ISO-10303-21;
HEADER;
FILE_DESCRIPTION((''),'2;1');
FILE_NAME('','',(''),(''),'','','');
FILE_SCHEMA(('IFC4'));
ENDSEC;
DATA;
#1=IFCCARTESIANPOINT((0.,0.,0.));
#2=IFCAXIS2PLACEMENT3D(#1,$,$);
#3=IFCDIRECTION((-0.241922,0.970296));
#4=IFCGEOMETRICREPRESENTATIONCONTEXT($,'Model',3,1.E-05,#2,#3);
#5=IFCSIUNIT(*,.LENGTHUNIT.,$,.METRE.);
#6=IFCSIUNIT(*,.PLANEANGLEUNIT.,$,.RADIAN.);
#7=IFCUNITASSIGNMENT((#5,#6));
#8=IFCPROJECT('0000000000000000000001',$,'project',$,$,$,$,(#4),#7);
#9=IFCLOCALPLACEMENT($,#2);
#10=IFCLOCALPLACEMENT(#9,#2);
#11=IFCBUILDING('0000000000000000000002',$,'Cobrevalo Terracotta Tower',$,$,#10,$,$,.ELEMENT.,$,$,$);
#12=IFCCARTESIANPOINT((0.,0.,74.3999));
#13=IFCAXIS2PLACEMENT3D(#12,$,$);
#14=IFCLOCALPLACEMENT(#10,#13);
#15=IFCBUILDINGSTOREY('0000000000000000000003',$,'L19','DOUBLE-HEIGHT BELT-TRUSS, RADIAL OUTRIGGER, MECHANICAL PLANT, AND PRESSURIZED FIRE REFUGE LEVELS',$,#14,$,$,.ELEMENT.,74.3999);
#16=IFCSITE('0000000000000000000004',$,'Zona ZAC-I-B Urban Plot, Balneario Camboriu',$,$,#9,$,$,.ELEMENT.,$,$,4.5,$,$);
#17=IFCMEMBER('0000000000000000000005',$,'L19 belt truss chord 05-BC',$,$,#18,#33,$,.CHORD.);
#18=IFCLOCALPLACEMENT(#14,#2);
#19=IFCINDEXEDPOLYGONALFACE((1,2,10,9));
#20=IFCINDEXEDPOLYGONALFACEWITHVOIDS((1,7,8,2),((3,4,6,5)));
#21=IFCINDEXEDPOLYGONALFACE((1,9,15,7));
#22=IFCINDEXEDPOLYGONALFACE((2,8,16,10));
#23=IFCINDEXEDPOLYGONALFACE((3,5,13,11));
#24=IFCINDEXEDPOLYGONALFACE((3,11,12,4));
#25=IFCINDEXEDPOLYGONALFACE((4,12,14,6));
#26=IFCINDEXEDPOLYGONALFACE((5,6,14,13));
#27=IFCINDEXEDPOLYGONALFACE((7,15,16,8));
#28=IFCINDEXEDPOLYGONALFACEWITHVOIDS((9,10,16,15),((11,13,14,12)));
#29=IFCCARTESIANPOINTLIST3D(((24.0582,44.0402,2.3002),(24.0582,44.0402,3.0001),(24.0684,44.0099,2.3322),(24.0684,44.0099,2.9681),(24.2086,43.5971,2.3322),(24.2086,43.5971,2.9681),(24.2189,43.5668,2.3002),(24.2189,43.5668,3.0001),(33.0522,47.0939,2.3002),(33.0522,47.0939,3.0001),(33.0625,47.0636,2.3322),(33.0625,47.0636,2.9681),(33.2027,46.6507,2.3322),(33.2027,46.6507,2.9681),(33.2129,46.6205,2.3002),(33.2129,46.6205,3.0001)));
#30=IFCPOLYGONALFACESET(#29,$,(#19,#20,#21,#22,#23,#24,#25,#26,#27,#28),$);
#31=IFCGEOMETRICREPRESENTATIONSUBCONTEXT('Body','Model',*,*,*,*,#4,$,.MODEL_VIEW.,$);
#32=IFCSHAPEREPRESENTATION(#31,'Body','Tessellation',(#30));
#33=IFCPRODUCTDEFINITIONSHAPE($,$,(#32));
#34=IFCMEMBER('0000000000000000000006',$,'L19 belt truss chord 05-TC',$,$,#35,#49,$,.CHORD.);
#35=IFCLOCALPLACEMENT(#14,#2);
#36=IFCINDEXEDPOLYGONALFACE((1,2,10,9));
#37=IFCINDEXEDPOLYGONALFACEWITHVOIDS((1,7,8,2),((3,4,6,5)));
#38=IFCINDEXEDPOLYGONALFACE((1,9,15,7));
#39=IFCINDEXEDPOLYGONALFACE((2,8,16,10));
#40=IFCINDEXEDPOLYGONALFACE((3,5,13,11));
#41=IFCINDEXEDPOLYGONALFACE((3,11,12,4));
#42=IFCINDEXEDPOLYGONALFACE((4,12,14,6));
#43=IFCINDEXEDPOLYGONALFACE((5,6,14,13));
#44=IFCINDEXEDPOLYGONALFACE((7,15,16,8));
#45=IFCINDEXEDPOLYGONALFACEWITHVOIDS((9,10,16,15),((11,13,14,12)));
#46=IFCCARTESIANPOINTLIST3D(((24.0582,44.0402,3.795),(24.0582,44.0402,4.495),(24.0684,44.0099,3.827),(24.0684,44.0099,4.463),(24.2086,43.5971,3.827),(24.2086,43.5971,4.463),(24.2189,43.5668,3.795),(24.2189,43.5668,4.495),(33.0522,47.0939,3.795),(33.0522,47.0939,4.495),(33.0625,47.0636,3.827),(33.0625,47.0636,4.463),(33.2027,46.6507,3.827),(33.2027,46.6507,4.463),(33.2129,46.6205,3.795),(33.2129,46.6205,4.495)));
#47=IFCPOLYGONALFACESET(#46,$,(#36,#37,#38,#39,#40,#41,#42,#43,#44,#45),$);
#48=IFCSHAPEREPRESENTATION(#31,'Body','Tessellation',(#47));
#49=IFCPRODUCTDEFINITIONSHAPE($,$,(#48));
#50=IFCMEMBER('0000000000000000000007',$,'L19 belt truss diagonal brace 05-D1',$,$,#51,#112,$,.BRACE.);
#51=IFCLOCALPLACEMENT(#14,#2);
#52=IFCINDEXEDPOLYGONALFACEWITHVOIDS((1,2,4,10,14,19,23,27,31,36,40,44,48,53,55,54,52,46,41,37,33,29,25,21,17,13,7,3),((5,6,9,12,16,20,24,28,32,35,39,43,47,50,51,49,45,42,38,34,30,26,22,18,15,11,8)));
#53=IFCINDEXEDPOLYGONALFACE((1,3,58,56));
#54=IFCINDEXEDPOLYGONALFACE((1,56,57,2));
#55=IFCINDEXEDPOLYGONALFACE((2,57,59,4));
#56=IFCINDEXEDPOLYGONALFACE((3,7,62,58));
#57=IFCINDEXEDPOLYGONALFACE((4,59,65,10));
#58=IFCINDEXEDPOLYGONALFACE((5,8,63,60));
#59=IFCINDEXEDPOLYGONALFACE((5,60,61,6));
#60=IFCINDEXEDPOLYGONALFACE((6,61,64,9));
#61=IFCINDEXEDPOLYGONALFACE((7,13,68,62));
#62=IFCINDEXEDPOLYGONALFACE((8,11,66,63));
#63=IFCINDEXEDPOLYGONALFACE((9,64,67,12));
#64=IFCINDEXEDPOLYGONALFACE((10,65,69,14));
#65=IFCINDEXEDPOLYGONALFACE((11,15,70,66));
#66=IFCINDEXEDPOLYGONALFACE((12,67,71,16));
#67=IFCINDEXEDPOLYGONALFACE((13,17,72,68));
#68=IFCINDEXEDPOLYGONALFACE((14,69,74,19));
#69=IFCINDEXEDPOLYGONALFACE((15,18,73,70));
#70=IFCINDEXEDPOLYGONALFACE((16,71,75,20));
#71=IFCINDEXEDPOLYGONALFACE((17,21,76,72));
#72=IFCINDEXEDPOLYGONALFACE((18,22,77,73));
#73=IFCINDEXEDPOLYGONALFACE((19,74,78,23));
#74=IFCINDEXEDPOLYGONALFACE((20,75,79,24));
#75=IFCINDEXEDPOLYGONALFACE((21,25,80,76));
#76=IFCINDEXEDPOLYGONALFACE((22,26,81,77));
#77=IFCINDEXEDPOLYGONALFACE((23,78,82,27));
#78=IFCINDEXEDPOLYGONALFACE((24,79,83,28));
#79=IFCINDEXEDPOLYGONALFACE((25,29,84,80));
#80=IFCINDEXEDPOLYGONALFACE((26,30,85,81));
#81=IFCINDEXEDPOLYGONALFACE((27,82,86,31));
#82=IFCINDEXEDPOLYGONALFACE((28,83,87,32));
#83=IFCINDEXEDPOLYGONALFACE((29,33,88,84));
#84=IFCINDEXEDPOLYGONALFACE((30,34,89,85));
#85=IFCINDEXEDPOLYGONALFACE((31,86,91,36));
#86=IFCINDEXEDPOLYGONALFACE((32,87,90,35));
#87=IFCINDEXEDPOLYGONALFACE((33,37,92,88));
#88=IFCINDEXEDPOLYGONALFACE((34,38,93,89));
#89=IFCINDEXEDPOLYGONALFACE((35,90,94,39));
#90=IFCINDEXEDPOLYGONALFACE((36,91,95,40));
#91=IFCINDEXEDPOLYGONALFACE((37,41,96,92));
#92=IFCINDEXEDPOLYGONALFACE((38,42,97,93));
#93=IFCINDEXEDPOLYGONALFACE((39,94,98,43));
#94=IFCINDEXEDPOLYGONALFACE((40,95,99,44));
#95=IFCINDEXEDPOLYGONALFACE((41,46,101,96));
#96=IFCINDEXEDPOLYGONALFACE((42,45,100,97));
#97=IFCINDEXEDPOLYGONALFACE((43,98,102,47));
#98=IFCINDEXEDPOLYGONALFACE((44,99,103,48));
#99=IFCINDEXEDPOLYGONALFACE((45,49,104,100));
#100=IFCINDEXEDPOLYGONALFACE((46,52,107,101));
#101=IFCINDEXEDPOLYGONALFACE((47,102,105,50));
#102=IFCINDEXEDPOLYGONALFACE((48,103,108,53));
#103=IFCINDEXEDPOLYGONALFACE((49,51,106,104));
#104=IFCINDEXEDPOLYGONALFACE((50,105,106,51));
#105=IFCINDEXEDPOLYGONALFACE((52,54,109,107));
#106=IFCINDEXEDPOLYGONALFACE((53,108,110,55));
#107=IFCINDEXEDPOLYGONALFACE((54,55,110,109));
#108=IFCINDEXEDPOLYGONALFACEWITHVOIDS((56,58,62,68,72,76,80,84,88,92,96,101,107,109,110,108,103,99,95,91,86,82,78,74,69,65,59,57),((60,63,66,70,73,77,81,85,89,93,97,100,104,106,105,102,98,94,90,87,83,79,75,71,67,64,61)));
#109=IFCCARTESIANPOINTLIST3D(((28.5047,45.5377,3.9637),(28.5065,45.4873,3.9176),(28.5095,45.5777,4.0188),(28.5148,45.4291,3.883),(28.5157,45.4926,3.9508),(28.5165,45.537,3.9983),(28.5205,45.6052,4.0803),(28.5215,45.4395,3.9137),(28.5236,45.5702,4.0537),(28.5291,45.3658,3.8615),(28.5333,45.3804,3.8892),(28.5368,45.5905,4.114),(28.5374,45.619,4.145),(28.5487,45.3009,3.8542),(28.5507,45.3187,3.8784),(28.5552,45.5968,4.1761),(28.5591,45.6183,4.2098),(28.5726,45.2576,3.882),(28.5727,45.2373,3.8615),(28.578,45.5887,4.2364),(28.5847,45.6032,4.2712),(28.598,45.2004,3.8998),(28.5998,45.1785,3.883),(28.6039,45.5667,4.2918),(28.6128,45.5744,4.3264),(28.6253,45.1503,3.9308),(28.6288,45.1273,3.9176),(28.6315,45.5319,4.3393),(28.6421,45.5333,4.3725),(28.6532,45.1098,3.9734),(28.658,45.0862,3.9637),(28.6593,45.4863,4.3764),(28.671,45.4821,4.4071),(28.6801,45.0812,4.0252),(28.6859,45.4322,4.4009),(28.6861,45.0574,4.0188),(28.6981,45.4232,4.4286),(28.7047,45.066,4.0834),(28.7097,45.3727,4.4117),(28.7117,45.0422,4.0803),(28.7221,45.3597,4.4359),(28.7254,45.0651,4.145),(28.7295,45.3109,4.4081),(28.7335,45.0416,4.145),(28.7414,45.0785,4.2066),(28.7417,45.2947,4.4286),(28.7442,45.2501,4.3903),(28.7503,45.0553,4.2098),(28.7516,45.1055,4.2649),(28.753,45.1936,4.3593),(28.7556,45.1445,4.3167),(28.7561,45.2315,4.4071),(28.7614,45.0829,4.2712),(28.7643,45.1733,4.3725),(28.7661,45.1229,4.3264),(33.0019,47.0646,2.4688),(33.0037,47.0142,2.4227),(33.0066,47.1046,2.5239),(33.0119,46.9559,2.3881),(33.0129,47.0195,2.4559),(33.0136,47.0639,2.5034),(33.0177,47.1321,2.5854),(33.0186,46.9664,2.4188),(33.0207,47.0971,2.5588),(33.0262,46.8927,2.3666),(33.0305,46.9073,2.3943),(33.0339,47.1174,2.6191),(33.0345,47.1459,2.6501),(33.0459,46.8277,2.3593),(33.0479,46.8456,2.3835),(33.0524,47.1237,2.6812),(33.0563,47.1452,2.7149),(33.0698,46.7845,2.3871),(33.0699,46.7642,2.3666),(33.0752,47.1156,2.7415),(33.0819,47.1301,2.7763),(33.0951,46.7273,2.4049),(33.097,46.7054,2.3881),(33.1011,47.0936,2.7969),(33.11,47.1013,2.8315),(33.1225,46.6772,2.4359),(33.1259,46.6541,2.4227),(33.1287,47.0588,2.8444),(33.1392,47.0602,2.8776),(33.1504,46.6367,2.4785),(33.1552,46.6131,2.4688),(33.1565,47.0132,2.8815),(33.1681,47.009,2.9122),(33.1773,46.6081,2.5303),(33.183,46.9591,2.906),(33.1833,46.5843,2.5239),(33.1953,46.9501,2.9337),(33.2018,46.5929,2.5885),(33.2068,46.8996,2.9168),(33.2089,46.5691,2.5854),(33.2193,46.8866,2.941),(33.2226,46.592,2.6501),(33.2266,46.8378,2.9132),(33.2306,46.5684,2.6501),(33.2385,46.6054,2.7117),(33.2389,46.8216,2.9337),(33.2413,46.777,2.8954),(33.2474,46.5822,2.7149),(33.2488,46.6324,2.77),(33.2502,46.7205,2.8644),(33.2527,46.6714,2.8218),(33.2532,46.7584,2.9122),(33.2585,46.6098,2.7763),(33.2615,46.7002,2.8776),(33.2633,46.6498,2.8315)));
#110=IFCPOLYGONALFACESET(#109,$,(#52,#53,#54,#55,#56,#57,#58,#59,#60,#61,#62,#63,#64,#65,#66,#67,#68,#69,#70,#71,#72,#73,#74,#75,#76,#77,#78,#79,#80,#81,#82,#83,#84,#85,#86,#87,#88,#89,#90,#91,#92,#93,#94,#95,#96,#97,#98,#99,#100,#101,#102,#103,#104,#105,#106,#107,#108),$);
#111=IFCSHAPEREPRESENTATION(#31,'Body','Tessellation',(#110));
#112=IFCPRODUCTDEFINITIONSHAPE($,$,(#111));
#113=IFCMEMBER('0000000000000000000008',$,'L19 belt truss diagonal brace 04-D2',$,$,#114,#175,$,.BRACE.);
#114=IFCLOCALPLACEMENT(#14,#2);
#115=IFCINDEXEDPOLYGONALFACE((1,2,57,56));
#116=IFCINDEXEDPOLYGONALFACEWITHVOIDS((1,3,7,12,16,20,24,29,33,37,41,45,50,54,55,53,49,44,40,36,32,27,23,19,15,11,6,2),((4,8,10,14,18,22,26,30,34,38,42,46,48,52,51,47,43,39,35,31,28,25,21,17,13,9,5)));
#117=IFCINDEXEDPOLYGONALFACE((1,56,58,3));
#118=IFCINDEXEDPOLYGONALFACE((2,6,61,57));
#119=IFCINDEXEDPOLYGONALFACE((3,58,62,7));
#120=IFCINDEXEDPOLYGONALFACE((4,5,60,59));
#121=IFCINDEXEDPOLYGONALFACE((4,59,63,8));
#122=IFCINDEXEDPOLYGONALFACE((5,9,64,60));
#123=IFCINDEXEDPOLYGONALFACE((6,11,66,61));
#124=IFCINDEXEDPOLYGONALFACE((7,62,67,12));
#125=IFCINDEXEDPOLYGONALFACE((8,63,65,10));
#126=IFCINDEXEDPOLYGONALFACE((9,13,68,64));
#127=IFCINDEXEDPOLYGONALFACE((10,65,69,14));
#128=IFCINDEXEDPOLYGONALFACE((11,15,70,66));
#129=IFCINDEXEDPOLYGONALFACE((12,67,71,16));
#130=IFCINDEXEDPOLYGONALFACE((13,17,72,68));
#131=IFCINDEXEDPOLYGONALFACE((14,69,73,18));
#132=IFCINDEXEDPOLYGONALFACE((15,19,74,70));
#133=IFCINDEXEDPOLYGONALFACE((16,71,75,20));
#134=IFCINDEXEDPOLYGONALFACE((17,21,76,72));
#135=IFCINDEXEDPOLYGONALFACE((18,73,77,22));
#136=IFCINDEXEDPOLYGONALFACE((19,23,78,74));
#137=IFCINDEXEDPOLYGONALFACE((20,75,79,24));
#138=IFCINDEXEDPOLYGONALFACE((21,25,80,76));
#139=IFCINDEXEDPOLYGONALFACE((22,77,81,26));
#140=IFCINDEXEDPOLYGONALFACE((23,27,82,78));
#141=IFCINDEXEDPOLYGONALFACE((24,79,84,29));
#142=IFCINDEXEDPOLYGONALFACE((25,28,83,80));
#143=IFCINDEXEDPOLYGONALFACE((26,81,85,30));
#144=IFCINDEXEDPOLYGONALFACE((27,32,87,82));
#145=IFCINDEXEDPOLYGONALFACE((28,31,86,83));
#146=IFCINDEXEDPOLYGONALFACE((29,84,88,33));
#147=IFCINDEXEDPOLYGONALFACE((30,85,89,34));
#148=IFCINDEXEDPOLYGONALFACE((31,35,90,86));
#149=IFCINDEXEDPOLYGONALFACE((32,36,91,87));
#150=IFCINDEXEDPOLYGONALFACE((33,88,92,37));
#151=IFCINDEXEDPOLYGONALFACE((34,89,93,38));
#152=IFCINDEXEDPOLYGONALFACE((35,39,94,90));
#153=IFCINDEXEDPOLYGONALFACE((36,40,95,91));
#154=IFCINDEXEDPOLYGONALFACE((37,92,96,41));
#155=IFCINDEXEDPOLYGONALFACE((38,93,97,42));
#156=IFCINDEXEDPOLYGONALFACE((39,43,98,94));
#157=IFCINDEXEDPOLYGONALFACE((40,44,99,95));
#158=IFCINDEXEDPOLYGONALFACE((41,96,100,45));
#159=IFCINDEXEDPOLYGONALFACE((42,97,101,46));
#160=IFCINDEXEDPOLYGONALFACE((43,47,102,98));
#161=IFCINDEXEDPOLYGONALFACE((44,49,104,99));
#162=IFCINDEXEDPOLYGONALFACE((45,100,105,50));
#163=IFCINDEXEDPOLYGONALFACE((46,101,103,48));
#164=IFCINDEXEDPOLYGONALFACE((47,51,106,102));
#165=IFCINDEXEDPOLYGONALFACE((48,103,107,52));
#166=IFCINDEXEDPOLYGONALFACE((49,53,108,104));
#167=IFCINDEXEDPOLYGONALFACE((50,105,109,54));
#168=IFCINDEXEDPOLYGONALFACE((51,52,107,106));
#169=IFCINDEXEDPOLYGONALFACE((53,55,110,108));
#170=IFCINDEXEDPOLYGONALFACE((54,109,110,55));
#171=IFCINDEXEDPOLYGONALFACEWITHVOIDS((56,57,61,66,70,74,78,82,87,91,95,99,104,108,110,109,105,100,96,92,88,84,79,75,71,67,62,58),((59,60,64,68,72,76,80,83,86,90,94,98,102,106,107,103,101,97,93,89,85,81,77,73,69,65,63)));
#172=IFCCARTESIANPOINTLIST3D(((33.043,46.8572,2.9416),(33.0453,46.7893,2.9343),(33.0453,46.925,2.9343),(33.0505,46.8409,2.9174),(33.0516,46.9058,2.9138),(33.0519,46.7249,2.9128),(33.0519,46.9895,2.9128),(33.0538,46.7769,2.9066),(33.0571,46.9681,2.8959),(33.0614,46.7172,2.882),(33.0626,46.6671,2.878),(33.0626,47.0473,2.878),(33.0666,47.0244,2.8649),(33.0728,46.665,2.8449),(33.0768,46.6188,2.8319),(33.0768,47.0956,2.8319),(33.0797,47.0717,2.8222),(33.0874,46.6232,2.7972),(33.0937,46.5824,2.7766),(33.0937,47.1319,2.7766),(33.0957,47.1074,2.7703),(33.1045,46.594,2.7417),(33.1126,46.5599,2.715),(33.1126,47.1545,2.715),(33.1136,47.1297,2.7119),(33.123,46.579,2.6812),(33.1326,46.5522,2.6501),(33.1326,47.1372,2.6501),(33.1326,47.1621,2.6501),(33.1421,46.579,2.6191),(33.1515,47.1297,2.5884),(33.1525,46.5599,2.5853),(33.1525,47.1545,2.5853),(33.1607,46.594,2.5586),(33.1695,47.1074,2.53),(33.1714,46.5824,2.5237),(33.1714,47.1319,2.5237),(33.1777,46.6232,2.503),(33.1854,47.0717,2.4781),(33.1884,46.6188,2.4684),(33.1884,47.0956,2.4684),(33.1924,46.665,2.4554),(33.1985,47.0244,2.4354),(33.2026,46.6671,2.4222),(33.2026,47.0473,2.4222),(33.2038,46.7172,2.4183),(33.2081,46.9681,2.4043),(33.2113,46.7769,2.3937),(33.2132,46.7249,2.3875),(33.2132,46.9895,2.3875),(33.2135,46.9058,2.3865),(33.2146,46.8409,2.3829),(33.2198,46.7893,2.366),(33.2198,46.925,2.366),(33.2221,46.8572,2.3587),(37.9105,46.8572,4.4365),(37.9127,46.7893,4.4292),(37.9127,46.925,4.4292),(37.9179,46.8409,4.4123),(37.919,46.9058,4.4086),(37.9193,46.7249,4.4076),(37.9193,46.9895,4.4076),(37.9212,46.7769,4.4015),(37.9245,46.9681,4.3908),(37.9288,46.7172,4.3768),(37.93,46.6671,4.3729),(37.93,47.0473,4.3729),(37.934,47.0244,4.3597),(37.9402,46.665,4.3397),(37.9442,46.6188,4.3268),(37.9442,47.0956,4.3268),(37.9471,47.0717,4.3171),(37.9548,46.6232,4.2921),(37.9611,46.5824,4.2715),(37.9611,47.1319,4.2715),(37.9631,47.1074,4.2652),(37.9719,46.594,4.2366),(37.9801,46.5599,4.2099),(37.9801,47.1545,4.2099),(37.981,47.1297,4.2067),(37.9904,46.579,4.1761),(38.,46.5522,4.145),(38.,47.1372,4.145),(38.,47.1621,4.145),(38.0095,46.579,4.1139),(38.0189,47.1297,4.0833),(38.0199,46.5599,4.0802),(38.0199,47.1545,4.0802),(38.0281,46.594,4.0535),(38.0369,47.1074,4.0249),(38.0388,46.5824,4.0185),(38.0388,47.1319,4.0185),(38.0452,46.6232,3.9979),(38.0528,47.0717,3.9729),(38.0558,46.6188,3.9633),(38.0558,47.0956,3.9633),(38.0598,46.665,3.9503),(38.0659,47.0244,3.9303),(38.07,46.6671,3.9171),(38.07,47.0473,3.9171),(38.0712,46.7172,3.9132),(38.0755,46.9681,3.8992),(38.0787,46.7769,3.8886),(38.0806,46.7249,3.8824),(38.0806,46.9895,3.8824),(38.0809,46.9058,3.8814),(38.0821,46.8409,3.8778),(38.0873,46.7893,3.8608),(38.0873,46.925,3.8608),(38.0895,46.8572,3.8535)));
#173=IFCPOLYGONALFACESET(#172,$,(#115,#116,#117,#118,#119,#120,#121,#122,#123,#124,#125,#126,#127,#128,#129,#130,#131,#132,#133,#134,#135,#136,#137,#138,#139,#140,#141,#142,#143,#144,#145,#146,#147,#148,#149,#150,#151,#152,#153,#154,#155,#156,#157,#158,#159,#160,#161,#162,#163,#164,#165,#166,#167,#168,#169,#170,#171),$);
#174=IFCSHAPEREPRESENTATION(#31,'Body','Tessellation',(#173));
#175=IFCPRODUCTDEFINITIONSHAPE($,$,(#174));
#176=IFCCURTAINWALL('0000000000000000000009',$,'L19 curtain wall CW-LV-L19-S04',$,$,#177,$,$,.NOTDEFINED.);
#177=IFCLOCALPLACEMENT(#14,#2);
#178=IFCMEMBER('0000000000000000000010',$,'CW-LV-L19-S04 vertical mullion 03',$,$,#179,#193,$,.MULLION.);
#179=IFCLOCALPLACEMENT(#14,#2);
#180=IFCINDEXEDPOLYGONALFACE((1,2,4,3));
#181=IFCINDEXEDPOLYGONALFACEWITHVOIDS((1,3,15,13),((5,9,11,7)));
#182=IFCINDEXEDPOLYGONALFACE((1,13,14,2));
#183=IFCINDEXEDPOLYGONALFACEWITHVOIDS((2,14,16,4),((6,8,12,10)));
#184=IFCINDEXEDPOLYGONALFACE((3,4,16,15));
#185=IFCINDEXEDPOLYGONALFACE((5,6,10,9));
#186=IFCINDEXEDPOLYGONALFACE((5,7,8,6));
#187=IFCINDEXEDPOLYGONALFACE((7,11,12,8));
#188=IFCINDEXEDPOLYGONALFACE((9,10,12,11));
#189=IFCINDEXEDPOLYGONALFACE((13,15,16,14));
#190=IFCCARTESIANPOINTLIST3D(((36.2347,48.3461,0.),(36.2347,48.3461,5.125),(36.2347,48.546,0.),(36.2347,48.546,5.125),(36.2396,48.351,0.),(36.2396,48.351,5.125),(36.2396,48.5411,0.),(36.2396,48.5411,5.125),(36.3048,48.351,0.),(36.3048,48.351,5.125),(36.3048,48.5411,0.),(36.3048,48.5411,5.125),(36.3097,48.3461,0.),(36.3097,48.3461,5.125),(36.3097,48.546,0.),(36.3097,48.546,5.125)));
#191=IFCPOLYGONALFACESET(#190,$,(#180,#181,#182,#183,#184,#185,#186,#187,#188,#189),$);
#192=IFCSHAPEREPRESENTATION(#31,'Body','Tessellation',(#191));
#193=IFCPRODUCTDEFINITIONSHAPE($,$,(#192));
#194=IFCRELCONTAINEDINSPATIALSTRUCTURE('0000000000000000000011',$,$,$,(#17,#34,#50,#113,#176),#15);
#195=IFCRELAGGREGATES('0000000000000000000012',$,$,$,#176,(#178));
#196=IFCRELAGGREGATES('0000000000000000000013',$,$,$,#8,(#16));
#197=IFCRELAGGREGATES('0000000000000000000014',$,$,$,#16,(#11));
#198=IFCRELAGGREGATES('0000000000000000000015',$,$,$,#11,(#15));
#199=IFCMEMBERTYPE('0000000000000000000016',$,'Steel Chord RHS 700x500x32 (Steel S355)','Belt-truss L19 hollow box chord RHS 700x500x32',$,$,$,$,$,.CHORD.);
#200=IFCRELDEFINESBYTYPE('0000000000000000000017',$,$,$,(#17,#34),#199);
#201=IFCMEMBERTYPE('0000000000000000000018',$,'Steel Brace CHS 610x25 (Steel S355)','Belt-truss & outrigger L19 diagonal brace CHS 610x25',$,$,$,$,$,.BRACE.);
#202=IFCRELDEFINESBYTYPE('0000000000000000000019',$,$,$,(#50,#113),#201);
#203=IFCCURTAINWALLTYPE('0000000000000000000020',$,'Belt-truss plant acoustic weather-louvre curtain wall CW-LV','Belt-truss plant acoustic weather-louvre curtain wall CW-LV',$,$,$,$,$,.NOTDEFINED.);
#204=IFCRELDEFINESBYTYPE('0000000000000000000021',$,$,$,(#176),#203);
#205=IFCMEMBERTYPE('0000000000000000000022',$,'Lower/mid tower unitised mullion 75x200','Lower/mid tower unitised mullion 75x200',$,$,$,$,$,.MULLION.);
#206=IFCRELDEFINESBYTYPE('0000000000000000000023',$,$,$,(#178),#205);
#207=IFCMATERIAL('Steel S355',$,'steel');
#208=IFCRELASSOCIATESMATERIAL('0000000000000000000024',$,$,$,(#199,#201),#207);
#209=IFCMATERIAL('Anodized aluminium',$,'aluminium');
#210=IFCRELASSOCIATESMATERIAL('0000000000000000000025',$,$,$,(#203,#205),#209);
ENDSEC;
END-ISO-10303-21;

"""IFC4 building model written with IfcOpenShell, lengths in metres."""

from ifc_helpers import new_model, si_unit, direction, frame, origin, origin_2d, place, context, subcontext, project, spatial, hollow_rectangle, hollow_circle, extrude, source, transform, mapped, material, material_profile, profile_set, type_object, element, aggregate, save


model = new_model("IFC4")

# Units and contexts
model_context = context("Model", 3, precision=1e-05, world=origin(), true_north=direction((-0.241922, 0.970296)))
body_context = subcontext(model_context, "Body", "Model", "MODEL_VIEW")
ifc_project = project(units=[si_unit("LENGTHUNIT", "METRE"), si_unit("PLANEANGLEUNIT", "RADIAN")], contexts=[model_context])

# Site, building, storey
site_placement = place(None, origin())
site = spatial("IfcSite", under=ifc_project, at=site_placement, Name="Zona ZAC-I-B Urban Plot, Balneario Camboriu", CompositionType="ELEMENT", RefElevation=4.5)
building_placement = place(site_placement, origin())
building = spatial("IfcBuilding", under=site, at=building_placement, Name="Cobrevalo Terracotta Tower", CompositionType="ELEMENT")
storey_placement = place(building_placement, frame((0.0, 0.0, 74.3999)))
storey = spatial("IfcBuildingStorey", under=building, at=storey_placement, Name="L19", Description="DOUBLE-HEIGHT BELT-TRUSS, RADIAL OUTRIGGER, MECHANICAL PLANT, AND PRESSURIZED FIRE REFUGE LEVELS", CompositionType="ELEMENT", Elevation=74.3999)

# Shared definitions
ifc_material_1 = material(Name="Steel S355", Category="steel")

# Members
ifc_material_profile_1 = material_profile(ifc_material_1, hollow_rectangle(XDim=0.5, YDim=0.7, WallThickness=0.032, at=origin_2d()), Name="RHS 700x500x32")
ifc_profile_set_1 = profile_set([ifc_material_profile_1], Name="Steel S355")
member_type_1 = type_object("IfcMemberType", Name="Steel Chord RHS 700x500x32 (Steel S355)", Description="Belt-truss L19 hollow box chord RHS 700x500x32", PredefinedType="CHORD", material=ifc_profile_set_1)
shared_shape_1 = source(origin(), body_context, "Body", "SweptSolid", [
    extrude(hollow_rectangle(XDim=0.5, YDim=0.7, WallThickness=0.032, at=origin_2d()), origin(), (0.0, 0.0, 1.0), 9.4983),
])
for number, where, z_axis, x_axis, name in (
    (1, (33.1326, 46.8572, 2.6501), (-0.946911, -0.321497, 0.0), (0.321497, -0.946911, 0.0), "L19 belt truss chord 05-BC"),
    (2, (33.1326, 46.8572, 4.145), (-0.946911, -0.321497, 0.0), (0.321497, -0.946911, 0.0), "L19 belt truss chord 05-TC"),
):
    element("IfcMember", number, at=place(storey_placement, frame(where, z_axis=z_axis, x_axis=x_axis)), inside=storey, type_object=member_type_1, Name=name, PredefinedType="CHORD", context=body_context, shape_type="MappedRepresentation", body=[
        mapped(shared_shape_1, transform((0.0, 0.0, 0.0), scale=1.0)),
    ])
ifc_material_profile_2 = material_profile(ifc_material_1, hollow_circle(Radius=0.3049, WallThickness=0.0249, at=origin_2d()), Name="CHS 610x25")
ifc_profile_set_2 = profile_set([ifc_material_profile_2], Name="Steel S355")
member_type_2 = type_object("IfcMemberType", Name="Steel Brace CHS 610x25 (Steel S355)", Description="Belt-truss & outrigger L19 diagonal brace CHS 610x25", PredefinedType="BRACE", material=ifc_profile_set_2)
shared_shape_2 = source(origin(), body_context, "Body", "SweptSolid", [
    extrude(hollow_circle(Radius=0.3049, WallThickness=0.0249, at=origin_2d()), origin(), (0.0, 0.0, 1.0), 4.979),
])
member_1_placement = place(storey_placement, frame((33.1326, 46.8572, 2.6501), z_axis=(-0.903223, -0.306664, 0.300241), x_axis=(0.321497, -0.946911, 0.0)))
element("IfcMember", 3, at=member_1_placement, inside=storey, type_object=member_type_2, Name="L19 belt truss diagonal brace 05-D1", PredefinedType="BRACE", context=body_context, shape_type="MappedRepresentation", body=[
    mapped(shared_shape_2, transform((0.0, 0.0, 0.0), scale=1.0)),
])
shared_shape_3 = source(origin(), body_context, "Body", "SweptSolid", [
    extrude(hollow_circle(Radius=0.3049, WallThickness=0.0249, at=origin_2d()), origin(), (0.0, 0.0, 1.0), 5.0918),
])
member_2_placement = place(storey_placement, frame((33.1326, 46.8572, 2.6501), z_axis=(0.955933, 0.0, 0.293584), x_axis=(0.0, 1.0, 0.0)))
element("IfcMember", 4, at=member_2_placement, inside=storey, type_object=member_type_2, Name="L19 belt truss diagonal brace 04-D2", PredefinedType="BRACE", context=body_context, shape_type="MappedRepresentation", body=[
    mapped(shared_shape_3, transform((0.0, 0.0, 0.0), scale=1.0)),
])

# Curtain wall, member
ifc_material_2 = material(Name="Anodized aluminium", Category="aluminium")
curtain_wall_type = type_object("IfcCurtainWallType", Name="Belt-truss plant acoustic weather-louvre curtain wall CW-LV", Description="Belt-truss plant acoustic weather-louvre curtain wall CW-LV", PredefinedType="NOTDEFINED", material=ifc_material_2)
curtain_wall_1_placement = place(storey_placement, origin())
curtain_wall_1 = element("IfcCurtainWall", 5, at=curtain_wall_1_placement, inside=storey, type_object=curtain_wall_type, Name="L19 curtain wall CW-LV-L19-S04", PredefinedType="NOTDEFINED")
ifc_material_profile_3 = material_profile(ifc_material_2, hollow_rectangle(XDim=0.075, YDim=0.2, WallThickness=0.0049, at=origin_2d()), Name="CWM 75x200")
ifc_profile_set_3 = profile_set([ifc_material_profile_3], Name="Anodized aluminium")
member_type_3 = type_object("IfcMemberType", Name="Lower/mid tower unitised mullion 75x200", Description="Lower/mid tower unitised mullion 75x200", PredefinedType="MULLION", material=ifc_profile_set_3)
shared_shape_4 = source(origin(), body_context, "Body", "SweptSolid", [
    extrude(hollow_rectangle(XDim=0.075, YDim=0.2, WallThickness=0.0049, at=origin_2d()), origin(), (0.0, 0.0, 1.0), 5.125),
])
member_3_placement = place(storey_placement, frame((36.2722, 48.446, 0.0), z_axis=(0.0, 0.0, 1.0), x_axis=(-1.0, 0.0, 0.0)))
member_3 = element("IfcMember", 6, at=member_3_placement, type_object=member_type_3, Name="CW-LV-L19-S04 vertical mullion 03", PredefinedType="MULLION", context=body_context, shape_type="MappedRepresentation", body=[
    mapped(shared_shape_4, transform((0.0, 0.0, 0.0), scale=1.0)),
])

aggregate(curtain_wall_1, [member_3])

save(model, "model.ifc")
